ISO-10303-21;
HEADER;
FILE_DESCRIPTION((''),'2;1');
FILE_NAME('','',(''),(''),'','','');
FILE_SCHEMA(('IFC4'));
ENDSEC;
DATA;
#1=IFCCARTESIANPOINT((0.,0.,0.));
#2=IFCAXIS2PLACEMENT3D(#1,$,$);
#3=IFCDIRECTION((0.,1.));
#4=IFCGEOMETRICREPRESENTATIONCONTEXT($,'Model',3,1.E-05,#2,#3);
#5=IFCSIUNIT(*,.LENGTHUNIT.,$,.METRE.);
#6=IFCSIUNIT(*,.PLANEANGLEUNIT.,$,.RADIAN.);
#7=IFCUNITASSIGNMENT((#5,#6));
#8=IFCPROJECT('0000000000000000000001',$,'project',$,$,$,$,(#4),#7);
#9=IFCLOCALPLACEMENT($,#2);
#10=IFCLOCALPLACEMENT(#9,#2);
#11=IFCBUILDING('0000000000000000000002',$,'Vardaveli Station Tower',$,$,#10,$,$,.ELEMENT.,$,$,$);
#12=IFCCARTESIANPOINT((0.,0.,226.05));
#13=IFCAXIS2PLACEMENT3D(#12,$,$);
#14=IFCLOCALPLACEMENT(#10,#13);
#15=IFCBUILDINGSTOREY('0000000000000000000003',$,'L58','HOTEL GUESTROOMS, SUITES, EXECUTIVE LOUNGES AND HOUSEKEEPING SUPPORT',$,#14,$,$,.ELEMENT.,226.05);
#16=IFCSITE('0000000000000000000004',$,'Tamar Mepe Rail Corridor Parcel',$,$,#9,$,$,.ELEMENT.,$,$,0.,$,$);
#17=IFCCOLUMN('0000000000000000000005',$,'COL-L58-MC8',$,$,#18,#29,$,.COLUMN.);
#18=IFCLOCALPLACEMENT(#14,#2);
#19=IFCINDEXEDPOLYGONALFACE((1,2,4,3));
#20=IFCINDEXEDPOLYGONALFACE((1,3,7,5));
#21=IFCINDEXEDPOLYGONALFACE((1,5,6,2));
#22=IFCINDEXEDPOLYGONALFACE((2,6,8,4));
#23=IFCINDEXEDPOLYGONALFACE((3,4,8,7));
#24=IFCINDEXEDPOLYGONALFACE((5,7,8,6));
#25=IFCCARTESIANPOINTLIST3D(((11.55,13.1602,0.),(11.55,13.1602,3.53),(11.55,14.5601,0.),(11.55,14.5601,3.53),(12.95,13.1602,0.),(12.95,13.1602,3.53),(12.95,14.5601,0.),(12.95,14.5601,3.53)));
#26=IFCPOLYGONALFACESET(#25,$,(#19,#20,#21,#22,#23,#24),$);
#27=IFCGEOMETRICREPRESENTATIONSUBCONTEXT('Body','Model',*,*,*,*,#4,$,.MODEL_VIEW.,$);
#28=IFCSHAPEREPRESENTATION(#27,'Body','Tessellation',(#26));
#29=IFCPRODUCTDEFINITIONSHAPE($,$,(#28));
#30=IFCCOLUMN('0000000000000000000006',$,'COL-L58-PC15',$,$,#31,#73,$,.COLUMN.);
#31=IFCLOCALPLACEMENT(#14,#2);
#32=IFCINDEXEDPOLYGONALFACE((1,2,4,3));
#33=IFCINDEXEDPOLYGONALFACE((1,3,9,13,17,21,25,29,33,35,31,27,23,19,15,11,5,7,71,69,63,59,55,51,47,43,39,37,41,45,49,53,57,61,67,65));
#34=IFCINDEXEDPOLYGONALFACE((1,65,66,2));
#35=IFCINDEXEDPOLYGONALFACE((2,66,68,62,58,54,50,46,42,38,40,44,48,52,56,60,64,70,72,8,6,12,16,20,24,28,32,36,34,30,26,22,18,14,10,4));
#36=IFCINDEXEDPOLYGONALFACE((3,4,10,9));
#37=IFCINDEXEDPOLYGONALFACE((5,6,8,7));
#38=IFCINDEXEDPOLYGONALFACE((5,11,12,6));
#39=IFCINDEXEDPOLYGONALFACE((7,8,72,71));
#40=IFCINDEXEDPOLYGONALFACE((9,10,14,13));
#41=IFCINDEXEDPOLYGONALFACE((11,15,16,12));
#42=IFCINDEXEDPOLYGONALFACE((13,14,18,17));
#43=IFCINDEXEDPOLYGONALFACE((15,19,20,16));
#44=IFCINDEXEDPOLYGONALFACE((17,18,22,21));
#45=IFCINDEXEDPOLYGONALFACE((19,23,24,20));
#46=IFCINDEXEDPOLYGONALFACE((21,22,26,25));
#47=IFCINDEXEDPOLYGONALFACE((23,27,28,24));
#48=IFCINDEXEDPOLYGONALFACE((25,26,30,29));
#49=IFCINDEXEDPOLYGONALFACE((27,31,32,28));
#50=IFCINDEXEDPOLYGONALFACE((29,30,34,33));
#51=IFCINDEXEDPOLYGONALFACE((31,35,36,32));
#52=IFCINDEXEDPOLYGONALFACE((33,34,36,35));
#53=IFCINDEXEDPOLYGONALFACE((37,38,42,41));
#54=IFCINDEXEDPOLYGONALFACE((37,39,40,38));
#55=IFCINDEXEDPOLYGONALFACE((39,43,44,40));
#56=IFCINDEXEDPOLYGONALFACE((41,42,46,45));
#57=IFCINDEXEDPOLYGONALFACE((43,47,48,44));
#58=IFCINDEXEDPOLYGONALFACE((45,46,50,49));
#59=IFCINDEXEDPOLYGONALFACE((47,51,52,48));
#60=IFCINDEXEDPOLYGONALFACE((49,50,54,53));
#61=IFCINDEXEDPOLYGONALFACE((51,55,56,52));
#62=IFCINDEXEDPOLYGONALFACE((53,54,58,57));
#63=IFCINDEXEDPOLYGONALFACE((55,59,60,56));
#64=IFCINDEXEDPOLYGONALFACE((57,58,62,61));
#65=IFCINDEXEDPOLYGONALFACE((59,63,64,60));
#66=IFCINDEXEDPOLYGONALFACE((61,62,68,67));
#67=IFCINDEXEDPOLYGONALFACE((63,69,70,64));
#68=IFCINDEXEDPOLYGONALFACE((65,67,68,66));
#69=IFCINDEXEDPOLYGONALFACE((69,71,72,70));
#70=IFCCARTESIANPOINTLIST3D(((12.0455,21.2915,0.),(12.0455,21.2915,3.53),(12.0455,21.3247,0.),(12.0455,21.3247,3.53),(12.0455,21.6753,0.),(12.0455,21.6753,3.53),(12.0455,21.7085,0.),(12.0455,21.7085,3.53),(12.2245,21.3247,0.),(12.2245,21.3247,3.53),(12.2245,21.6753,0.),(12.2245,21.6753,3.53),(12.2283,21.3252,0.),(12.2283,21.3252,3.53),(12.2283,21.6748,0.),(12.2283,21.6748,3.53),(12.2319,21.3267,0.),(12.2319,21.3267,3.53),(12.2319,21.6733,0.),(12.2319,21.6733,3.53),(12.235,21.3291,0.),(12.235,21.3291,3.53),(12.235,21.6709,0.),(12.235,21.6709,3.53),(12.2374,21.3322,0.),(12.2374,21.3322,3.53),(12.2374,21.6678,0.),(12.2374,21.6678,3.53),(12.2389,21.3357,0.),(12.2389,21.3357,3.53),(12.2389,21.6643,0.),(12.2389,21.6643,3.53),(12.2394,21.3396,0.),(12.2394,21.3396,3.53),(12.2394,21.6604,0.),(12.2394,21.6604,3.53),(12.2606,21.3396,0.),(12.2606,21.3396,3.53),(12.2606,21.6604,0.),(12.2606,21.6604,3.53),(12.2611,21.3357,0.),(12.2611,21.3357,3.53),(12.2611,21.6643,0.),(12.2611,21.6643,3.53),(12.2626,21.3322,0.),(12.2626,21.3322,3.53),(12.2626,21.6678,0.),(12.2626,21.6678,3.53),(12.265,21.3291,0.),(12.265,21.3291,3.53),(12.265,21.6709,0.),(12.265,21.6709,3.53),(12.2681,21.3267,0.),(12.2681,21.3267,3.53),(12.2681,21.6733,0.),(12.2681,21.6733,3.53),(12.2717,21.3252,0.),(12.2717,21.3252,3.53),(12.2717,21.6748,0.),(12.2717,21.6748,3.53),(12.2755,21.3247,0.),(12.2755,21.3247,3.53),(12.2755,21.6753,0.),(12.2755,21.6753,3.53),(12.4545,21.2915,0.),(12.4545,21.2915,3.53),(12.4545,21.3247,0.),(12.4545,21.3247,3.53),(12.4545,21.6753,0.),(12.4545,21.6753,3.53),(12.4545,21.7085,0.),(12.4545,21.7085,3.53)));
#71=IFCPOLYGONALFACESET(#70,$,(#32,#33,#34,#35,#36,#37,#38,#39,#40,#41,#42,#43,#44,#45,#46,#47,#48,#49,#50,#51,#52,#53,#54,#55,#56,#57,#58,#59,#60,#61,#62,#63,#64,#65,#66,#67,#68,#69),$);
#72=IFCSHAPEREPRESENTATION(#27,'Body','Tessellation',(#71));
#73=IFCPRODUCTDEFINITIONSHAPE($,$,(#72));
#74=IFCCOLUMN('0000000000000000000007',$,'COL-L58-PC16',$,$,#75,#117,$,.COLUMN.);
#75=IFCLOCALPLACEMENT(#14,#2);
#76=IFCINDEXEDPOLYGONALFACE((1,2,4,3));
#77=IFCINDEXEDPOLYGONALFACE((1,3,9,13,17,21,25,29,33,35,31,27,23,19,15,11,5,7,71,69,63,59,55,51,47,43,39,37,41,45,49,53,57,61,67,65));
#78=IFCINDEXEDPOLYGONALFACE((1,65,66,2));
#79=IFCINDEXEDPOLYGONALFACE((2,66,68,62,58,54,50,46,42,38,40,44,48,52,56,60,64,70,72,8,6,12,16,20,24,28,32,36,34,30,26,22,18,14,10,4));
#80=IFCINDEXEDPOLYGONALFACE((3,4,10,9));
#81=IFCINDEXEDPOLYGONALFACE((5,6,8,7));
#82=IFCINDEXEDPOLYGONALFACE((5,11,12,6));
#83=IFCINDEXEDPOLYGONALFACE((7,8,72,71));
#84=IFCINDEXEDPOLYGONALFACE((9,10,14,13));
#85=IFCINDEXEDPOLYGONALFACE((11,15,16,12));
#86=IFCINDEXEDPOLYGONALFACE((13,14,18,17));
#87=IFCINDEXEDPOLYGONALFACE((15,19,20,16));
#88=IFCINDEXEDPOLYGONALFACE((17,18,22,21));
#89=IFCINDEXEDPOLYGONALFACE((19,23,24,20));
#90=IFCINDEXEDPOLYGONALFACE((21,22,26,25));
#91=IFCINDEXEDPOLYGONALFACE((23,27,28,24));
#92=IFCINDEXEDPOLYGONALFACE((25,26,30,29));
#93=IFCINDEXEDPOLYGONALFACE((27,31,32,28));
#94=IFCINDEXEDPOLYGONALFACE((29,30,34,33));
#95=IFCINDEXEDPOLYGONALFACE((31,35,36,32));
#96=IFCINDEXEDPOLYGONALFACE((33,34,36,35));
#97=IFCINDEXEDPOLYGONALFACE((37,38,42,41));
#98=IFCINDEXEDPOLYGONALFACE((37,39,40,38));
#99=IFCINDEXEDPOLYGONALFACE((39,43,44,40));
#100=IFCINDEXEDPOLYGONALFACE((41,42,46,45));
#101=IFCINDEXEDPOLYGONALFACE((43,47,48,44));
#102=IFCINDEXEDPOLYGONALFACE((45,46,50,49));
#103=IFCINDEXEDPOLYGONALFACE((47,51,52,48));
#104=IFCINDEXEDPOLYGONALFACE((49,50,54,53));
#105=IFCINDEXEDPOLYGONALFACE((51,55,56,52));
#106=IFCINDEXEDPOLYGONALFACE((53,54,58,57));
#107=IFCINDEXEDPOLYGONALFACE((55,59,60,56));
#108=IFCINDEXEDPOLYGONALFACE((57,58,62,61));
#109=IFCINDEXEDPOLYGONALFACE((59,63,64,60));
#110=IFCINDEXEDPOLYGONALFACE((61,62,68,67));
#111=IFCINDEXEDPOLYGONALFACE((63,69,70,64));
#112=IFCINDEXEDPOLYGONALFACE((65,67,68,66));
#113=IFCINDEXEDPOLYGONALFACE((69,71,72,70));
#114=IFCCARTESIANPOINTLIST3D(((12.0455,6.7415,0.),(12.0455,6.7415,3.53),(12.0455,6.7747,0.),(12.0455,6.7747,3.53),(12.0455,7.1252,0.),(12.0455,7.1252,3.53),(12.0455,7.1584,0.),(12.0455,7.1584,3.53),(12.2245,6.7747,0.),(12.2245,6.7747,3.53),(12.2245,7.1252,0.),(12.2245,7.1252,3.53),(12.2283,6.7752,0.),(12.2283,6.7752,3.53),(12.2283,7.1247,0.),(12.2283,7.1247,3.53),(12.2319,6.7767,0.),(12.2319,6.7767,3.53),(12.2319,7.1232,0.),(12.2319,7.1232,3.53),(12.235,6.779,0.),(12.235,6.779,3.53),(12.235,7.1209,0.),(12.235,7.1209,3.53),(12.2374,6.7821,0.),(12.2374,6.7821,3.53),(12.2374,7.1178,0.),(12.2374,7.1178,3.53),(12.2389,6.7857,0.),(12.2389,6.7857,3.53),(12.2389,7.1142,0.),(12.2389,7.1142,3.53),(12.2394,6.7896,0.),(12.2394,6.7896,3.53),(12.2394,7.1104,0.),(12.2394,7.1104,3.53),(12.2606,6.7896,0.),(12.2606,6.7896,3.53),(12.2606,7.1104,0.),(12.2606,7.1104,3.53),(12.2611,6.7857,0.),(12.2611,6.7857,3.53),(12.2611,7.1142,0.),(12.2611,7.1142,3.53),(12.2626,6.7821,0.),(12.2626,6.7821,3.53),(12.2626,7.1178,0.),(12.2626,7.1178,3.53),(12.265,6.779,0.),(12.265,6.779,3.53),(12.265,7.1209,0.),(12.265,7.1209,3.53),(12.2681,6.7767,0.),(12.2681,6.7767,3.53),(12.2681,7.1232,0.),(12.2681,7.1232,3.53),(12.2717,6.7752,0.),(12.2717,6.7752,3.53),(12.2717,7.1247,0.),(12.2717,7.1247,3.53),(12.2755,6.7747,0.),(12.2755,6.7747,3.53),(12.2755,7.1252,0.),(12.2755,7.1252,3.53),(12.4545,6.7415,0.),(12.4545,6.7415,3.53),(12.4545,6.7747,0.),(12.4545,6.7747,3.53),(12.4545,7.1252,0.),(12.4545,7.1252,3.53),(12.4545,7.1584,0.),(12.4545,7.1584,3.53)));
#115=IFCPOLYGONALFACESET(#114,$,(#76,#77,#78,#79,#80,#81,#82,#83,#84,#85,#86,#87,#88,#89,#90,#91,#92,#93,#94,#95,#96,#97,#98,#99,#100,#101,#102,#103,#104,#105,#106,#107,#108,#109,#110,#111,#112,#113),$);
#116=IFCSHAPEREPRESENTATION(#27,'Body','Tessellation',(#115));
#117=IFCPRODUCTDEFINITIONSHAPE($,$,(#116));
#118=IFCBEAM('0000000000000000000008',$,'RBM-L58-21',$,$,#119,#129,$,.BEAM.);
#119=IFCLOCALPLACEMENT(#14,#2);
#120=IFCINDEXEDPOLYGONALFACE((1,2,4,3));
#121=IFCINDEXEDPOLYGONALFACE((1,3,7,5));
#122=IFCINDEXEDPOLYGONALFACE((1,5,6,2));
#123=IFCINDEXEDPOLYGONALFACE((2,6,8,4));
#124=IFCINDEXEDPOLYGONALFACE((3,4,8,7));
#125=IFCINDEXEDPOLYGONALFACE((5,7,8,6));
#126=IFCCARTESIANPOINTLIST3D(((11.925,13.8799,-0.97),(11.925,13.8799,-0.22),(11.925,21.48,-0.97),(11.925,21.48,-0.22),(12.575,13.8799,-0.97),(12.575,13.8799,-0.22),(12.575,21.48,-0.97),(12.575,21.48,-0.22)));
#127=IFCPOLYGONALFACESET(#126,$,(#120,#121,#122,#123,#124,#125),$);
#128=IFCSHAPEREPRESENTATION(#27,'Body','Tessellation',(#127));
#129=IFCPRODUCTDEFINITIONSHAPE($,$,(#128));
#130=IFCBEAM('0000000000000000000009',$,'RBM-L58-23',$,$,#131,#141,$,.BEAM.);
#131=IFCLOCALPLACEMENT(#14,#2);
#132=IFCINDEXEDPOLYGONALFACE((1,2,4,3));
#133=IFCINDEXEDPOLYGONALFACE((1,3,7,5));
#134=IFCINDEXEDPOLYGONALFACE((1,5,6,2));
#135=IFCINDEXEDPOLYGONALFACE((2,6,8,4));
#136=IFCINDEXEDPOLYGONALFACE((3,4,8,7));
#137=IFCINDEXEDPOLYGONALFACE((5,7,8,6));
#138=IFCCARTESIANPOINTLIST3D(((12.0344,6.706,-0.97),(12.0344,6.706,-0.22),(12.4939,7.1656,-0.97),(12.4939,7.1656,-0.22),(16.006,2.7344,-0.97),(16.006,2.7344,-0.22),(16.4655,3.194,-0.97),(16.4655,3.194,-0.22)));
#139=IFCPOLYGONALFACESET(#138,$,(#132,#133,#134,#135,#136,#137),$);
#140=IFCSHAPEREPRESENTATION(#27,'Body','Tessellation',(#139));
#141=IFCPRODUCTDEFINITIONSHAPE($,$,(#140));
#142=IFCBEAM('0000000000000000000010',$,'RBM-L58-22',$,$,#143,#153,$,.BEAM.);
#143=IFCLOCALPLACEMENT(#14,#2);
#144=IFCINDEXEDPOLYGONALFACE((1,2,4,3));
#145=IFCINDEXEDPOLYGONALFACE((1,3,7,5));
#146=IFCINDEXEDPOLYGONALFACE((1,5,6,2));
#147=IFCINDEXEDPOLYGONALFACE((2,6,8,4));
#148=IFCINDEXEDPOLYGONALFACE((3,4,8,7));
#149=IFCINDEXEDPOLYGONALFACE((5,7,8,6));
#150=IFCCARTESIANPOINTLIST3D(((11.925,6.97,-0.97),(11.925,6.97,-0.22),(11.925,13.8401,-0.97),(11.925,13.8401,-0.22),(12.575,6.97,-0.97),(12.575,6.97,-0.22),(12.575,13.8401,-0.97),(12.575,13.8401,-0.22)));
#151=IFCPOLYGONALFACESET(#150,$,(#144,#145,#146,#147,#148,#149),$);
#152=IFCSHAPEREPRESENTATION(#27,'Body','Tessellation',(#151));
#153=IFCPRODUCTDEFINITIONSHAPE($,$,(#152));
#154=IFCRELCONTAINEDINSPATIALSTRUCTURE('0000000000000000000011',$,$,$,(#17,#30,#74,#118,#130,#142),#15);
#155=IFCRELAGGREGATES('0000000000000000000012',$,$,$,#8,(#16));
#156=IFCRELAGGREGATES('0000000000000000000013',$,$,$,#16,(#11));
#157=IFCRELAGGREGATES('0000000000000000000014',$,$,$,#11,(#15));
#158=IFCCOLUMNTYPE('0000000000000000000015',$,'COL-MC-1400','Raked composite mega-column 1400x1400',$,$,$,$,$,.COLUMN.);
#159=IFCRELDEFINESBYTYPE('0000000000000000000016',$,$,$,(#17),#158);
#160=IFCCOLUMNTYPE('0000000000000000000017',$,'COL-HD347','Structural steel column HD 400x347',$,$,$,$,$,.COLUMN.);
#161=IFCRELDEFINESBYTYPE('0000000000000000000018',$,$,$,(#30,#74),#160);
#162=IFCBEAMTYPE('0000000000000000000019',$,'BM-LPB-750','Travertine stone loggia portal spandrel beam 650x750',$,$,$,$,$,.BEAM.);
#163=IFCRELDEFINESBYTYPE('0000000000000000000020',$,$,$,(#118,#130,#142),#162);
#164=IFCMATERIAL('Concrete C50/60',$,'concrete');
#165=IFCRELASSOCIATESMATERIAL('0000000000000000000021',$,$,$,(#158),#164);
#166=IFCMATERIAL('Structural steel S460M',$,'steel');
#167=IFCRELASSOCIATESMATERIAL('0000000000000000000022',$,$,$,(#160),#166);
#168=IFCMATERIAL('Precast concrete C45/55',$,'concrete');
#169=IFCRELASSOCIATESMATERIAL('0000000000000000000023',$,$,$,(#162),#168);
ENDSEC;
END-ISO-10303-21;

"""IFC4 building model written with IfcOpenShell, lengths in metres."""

from ifc_helpers import new_model, si_unit, direction, frame, origin, origin_2d, place, context, subcontext, project, spatial, rectangle, i_section, extrude, source, transform, mapped, material, material_profile, profile_set, type_object, element, save


model = new_model("IFC4")

# Units and contexts
model_context = context("Model", 3, precision=1e-05, world=origin(), true_north=direction((0.0, 1.0)))
body_context = subcontext(model_context, "Body", "Model", "MODEL_VIEW")
ifc_project = project(units=[si_unit("LENGTHUNIT", "METRE"), si_unit("PLANEANGLEUNIT", "RADIAN")], contexts=[model_context])

# Site, building, storey
site_placement = place(None, origin())
site = spatial("IfcSite", under=ifc_project, at=site_placement, Name="Tamar Mepe Rail Corridor Parcel", CompositionType="ELEMENT", RefElevation=0.0)
building_placement = place(site_placement, origin())
building = spatial("IfcBuilding", under=site, at=building_placement, Name="Vardaveli Station Tower", CompositionType="ELEMENT")
storey_placement = place(building_placement, frame((0.0, 0.0, 226.05)))
storey = spatial("IfcBuildingStorey", under=building, at=storey_placement, Name="L58", Description="HOTEL GUESTROOMS, SUITES, EXECUTIVE LOUNGES AND HOUSEKEEPING SUPPORT", CompositionType="ELEMENT", Elevation=226.05)

# Columns
ifc_material_1 = material(Name="Concrete C50/60", Category="concrete")
ifc_material_profile_1 = material_profile(ifc_material_1, rectangle(XDim=1.3999, YDim=1.3999, at=origin_2d()), Name="MC 1400x1400")
ifc_profile_set_1 = profile_set([ifc_material_profile_1], Name="Concrete C50/60")
column_type_1 = type_object("IfcColumnType", Name="COL-MC-1400", Description="Raked composite mega-column 1400x1400", PredefinedType="COLUMN", material=ifc_profile_set_1)
shared_shape_1 = source(origin(), body_context, "Body", "SweptSolid", [
    extrude(rectangle(XDim=1.3999, YDim=1.3999, at=origin_2d()), origin(), (0.0, 0.0, 1.0), 3.53),
])
column_placement = place(storey_placement, frame((12.25, 13.8601, 0.0), z_axis=(0.0, 0.0, 1.0), x_axis=(1.0, 0.0, 0.0)))
element("IfcColumn", 1, at=column_placement, inside=storey, type_object=column_type_1, Name="COL-L58-MC8", PredefinedType="COLUMN", context=body_context, shape_type="MappedRepresentation", body=[
    mapped(shared_shape_1, transform((0.0, 0.0, 0.0), scale=1.0)),
])
ifc_material_2 = material(Name="Structural steel S460M", Category="steel")
ifc_material_profile_2 = material_profile(ifc_material_2, i_section(OverallWidth=0.4089, OverallDepth=0.417, WebThickness=0.0212, FlangeThickness=0.0332, FilletRadius=0.0149, at=origin_2d()), Name="HD 400x347")
ifc_profile_set_2 = profile_set([ifc_material_profile_2], Name="Structural steel S460M")
column_type_2 = type_object("IfcColumnType", Name="COL-HD347", Description="Structural steel column HD 400x347", PredefinedType="COLUMN", material=ifc_profile_set_2)
shared_shape_2 = source(origin(), body_context, "Body", "SweptSolid", [
    extrude(i_section(OverallWidth=0.4089, OverallDepth=0.417, WebThickness=0.0212, FlangeThickness=0.0332, FilletRadius=0.0149, at=origin_2d()), origin(), (0.0, 0.0, 1.0), 3.53),
])
for number, where, z_axis, x_axis, name in (
    (2, (12.25, 21.5, 0.0), (0.0, 0.0, 1.0), (1.0, 0.0, 0.0), "COL-L58-PC15"),
    (3, (12.25, 6.95, 0.0), (0.0, 0.0, 1.0), (1.0, 0.0, 0.0), "COL-L58-PC16"),
):
    element("IfcColumn", number, at=place(storey_placement, frame(where, z_axis=z_axis, x_axis=x_axis)), inside=storey, type_object=column_type_2, Name=name, PredefinedType="COLUMN", context=body_context, shape_type="MappedRepresentation", body=[
        mapped(shared_shape_2, transform((0.0, 0.0, 0.0), scale=1.0)),
    ])

# Beams
ifc_material_3 = material(Name="Precast concrete C45/55", Category="concrete")
ifc_material_profile_3 = material_profile(ifc_material_3, rectangle(XDim=0.6499, YDim=0.75, at=origin_2d()), Name="LPB 650x750")
ifc_profile_set_3 = profile_set([ifc_material_profile_3], Name="Precast concrete C45/55")
beam_type_1 = type_object("IfcBeamType", Name="BM-LPB-750", Description="Travertine stone loggia portal spandrel beam 650x750", PredefinedType="BEAM", material=ifc_profile_set_3)
shared_shape_3 = source(origin(), body_context, "Body", "SweptSolid", [
    extrude(rectangle(XDim=0.6499, YDim=0.75, at=origin_2d()), origin(), (0.0, 0.0, 1.0), 7.6001),
])
beam_1_placement = place(storey_placement, frame((12.25, 21.48, -0.595), z_axis=(0.0, -1.0, 0.0), x_axis=(1.0, 0.0, 0.0)))
element("IfcBeam", 4, at=beam_1_placement, inside=storey, type_object=beam_type_1, Name="RBM-L58-21", PredefinedType="BEAM", context=body_context, shape_type="MappedRepresentation", body=[
    mapped(shared_shape_3, transform((0.0, 0.0, 0.0), scale=1.0)),
])
shared_shape_4 = source(origin(), body_context, "Body", "SweptSolid", [
    extrude(rectangle(XDim=0.6499, YDim=0.75, at=origin_2d()), origin(), (0.0, 0.0, 1.0), 5.6167),
])
beam_2_placement = place(storey_placement, frame((12.2642, 6.9358, -0.595), z_axis=(0.707107, -0.707107, 0.0), x_axis=(0.707107, 0.707107, 0.0)))
element("IfcBeam", 5, at=beam_2_placement, inside=storey, type_object=beam_type_1, Name="RBM-L58-23", PredefinedType="BEAM", context=body_context, shape_type="MappedRepresentation", body=[
    mapped(shared_shape_4, transform((0.0, 0.0, 0.0), scale=1.0)),
])
shared_shape_5 = source(origin(), body_context, "Body", "SweptSolid", [
    extrude(rectangle(XDim=0.6499, YDim=0.75, at=origin_2d()), origin(), (0.0, 0.0, 1.0), 6.8701),
])
beam_3_placement = place(storey_placement, frame((12.25, 13.8401, -0.595), z_axis=(0.0, -1.0, 0.0), x_axis=(1.0, 0.0, 0.0)))
element("IfcBeam", 6, at=beam_3_placement, inside=storey, type_object=beam_type_1, Name="RBM-L58-22", PredefinedType="BEAM", context=body_context, shape_type="MappedRepresentation", body=[
    mapped(shared_shape_5, transform((0.0, 0.0, 0.0), scale=1.0)),
])

save(model, "model.ifc")
